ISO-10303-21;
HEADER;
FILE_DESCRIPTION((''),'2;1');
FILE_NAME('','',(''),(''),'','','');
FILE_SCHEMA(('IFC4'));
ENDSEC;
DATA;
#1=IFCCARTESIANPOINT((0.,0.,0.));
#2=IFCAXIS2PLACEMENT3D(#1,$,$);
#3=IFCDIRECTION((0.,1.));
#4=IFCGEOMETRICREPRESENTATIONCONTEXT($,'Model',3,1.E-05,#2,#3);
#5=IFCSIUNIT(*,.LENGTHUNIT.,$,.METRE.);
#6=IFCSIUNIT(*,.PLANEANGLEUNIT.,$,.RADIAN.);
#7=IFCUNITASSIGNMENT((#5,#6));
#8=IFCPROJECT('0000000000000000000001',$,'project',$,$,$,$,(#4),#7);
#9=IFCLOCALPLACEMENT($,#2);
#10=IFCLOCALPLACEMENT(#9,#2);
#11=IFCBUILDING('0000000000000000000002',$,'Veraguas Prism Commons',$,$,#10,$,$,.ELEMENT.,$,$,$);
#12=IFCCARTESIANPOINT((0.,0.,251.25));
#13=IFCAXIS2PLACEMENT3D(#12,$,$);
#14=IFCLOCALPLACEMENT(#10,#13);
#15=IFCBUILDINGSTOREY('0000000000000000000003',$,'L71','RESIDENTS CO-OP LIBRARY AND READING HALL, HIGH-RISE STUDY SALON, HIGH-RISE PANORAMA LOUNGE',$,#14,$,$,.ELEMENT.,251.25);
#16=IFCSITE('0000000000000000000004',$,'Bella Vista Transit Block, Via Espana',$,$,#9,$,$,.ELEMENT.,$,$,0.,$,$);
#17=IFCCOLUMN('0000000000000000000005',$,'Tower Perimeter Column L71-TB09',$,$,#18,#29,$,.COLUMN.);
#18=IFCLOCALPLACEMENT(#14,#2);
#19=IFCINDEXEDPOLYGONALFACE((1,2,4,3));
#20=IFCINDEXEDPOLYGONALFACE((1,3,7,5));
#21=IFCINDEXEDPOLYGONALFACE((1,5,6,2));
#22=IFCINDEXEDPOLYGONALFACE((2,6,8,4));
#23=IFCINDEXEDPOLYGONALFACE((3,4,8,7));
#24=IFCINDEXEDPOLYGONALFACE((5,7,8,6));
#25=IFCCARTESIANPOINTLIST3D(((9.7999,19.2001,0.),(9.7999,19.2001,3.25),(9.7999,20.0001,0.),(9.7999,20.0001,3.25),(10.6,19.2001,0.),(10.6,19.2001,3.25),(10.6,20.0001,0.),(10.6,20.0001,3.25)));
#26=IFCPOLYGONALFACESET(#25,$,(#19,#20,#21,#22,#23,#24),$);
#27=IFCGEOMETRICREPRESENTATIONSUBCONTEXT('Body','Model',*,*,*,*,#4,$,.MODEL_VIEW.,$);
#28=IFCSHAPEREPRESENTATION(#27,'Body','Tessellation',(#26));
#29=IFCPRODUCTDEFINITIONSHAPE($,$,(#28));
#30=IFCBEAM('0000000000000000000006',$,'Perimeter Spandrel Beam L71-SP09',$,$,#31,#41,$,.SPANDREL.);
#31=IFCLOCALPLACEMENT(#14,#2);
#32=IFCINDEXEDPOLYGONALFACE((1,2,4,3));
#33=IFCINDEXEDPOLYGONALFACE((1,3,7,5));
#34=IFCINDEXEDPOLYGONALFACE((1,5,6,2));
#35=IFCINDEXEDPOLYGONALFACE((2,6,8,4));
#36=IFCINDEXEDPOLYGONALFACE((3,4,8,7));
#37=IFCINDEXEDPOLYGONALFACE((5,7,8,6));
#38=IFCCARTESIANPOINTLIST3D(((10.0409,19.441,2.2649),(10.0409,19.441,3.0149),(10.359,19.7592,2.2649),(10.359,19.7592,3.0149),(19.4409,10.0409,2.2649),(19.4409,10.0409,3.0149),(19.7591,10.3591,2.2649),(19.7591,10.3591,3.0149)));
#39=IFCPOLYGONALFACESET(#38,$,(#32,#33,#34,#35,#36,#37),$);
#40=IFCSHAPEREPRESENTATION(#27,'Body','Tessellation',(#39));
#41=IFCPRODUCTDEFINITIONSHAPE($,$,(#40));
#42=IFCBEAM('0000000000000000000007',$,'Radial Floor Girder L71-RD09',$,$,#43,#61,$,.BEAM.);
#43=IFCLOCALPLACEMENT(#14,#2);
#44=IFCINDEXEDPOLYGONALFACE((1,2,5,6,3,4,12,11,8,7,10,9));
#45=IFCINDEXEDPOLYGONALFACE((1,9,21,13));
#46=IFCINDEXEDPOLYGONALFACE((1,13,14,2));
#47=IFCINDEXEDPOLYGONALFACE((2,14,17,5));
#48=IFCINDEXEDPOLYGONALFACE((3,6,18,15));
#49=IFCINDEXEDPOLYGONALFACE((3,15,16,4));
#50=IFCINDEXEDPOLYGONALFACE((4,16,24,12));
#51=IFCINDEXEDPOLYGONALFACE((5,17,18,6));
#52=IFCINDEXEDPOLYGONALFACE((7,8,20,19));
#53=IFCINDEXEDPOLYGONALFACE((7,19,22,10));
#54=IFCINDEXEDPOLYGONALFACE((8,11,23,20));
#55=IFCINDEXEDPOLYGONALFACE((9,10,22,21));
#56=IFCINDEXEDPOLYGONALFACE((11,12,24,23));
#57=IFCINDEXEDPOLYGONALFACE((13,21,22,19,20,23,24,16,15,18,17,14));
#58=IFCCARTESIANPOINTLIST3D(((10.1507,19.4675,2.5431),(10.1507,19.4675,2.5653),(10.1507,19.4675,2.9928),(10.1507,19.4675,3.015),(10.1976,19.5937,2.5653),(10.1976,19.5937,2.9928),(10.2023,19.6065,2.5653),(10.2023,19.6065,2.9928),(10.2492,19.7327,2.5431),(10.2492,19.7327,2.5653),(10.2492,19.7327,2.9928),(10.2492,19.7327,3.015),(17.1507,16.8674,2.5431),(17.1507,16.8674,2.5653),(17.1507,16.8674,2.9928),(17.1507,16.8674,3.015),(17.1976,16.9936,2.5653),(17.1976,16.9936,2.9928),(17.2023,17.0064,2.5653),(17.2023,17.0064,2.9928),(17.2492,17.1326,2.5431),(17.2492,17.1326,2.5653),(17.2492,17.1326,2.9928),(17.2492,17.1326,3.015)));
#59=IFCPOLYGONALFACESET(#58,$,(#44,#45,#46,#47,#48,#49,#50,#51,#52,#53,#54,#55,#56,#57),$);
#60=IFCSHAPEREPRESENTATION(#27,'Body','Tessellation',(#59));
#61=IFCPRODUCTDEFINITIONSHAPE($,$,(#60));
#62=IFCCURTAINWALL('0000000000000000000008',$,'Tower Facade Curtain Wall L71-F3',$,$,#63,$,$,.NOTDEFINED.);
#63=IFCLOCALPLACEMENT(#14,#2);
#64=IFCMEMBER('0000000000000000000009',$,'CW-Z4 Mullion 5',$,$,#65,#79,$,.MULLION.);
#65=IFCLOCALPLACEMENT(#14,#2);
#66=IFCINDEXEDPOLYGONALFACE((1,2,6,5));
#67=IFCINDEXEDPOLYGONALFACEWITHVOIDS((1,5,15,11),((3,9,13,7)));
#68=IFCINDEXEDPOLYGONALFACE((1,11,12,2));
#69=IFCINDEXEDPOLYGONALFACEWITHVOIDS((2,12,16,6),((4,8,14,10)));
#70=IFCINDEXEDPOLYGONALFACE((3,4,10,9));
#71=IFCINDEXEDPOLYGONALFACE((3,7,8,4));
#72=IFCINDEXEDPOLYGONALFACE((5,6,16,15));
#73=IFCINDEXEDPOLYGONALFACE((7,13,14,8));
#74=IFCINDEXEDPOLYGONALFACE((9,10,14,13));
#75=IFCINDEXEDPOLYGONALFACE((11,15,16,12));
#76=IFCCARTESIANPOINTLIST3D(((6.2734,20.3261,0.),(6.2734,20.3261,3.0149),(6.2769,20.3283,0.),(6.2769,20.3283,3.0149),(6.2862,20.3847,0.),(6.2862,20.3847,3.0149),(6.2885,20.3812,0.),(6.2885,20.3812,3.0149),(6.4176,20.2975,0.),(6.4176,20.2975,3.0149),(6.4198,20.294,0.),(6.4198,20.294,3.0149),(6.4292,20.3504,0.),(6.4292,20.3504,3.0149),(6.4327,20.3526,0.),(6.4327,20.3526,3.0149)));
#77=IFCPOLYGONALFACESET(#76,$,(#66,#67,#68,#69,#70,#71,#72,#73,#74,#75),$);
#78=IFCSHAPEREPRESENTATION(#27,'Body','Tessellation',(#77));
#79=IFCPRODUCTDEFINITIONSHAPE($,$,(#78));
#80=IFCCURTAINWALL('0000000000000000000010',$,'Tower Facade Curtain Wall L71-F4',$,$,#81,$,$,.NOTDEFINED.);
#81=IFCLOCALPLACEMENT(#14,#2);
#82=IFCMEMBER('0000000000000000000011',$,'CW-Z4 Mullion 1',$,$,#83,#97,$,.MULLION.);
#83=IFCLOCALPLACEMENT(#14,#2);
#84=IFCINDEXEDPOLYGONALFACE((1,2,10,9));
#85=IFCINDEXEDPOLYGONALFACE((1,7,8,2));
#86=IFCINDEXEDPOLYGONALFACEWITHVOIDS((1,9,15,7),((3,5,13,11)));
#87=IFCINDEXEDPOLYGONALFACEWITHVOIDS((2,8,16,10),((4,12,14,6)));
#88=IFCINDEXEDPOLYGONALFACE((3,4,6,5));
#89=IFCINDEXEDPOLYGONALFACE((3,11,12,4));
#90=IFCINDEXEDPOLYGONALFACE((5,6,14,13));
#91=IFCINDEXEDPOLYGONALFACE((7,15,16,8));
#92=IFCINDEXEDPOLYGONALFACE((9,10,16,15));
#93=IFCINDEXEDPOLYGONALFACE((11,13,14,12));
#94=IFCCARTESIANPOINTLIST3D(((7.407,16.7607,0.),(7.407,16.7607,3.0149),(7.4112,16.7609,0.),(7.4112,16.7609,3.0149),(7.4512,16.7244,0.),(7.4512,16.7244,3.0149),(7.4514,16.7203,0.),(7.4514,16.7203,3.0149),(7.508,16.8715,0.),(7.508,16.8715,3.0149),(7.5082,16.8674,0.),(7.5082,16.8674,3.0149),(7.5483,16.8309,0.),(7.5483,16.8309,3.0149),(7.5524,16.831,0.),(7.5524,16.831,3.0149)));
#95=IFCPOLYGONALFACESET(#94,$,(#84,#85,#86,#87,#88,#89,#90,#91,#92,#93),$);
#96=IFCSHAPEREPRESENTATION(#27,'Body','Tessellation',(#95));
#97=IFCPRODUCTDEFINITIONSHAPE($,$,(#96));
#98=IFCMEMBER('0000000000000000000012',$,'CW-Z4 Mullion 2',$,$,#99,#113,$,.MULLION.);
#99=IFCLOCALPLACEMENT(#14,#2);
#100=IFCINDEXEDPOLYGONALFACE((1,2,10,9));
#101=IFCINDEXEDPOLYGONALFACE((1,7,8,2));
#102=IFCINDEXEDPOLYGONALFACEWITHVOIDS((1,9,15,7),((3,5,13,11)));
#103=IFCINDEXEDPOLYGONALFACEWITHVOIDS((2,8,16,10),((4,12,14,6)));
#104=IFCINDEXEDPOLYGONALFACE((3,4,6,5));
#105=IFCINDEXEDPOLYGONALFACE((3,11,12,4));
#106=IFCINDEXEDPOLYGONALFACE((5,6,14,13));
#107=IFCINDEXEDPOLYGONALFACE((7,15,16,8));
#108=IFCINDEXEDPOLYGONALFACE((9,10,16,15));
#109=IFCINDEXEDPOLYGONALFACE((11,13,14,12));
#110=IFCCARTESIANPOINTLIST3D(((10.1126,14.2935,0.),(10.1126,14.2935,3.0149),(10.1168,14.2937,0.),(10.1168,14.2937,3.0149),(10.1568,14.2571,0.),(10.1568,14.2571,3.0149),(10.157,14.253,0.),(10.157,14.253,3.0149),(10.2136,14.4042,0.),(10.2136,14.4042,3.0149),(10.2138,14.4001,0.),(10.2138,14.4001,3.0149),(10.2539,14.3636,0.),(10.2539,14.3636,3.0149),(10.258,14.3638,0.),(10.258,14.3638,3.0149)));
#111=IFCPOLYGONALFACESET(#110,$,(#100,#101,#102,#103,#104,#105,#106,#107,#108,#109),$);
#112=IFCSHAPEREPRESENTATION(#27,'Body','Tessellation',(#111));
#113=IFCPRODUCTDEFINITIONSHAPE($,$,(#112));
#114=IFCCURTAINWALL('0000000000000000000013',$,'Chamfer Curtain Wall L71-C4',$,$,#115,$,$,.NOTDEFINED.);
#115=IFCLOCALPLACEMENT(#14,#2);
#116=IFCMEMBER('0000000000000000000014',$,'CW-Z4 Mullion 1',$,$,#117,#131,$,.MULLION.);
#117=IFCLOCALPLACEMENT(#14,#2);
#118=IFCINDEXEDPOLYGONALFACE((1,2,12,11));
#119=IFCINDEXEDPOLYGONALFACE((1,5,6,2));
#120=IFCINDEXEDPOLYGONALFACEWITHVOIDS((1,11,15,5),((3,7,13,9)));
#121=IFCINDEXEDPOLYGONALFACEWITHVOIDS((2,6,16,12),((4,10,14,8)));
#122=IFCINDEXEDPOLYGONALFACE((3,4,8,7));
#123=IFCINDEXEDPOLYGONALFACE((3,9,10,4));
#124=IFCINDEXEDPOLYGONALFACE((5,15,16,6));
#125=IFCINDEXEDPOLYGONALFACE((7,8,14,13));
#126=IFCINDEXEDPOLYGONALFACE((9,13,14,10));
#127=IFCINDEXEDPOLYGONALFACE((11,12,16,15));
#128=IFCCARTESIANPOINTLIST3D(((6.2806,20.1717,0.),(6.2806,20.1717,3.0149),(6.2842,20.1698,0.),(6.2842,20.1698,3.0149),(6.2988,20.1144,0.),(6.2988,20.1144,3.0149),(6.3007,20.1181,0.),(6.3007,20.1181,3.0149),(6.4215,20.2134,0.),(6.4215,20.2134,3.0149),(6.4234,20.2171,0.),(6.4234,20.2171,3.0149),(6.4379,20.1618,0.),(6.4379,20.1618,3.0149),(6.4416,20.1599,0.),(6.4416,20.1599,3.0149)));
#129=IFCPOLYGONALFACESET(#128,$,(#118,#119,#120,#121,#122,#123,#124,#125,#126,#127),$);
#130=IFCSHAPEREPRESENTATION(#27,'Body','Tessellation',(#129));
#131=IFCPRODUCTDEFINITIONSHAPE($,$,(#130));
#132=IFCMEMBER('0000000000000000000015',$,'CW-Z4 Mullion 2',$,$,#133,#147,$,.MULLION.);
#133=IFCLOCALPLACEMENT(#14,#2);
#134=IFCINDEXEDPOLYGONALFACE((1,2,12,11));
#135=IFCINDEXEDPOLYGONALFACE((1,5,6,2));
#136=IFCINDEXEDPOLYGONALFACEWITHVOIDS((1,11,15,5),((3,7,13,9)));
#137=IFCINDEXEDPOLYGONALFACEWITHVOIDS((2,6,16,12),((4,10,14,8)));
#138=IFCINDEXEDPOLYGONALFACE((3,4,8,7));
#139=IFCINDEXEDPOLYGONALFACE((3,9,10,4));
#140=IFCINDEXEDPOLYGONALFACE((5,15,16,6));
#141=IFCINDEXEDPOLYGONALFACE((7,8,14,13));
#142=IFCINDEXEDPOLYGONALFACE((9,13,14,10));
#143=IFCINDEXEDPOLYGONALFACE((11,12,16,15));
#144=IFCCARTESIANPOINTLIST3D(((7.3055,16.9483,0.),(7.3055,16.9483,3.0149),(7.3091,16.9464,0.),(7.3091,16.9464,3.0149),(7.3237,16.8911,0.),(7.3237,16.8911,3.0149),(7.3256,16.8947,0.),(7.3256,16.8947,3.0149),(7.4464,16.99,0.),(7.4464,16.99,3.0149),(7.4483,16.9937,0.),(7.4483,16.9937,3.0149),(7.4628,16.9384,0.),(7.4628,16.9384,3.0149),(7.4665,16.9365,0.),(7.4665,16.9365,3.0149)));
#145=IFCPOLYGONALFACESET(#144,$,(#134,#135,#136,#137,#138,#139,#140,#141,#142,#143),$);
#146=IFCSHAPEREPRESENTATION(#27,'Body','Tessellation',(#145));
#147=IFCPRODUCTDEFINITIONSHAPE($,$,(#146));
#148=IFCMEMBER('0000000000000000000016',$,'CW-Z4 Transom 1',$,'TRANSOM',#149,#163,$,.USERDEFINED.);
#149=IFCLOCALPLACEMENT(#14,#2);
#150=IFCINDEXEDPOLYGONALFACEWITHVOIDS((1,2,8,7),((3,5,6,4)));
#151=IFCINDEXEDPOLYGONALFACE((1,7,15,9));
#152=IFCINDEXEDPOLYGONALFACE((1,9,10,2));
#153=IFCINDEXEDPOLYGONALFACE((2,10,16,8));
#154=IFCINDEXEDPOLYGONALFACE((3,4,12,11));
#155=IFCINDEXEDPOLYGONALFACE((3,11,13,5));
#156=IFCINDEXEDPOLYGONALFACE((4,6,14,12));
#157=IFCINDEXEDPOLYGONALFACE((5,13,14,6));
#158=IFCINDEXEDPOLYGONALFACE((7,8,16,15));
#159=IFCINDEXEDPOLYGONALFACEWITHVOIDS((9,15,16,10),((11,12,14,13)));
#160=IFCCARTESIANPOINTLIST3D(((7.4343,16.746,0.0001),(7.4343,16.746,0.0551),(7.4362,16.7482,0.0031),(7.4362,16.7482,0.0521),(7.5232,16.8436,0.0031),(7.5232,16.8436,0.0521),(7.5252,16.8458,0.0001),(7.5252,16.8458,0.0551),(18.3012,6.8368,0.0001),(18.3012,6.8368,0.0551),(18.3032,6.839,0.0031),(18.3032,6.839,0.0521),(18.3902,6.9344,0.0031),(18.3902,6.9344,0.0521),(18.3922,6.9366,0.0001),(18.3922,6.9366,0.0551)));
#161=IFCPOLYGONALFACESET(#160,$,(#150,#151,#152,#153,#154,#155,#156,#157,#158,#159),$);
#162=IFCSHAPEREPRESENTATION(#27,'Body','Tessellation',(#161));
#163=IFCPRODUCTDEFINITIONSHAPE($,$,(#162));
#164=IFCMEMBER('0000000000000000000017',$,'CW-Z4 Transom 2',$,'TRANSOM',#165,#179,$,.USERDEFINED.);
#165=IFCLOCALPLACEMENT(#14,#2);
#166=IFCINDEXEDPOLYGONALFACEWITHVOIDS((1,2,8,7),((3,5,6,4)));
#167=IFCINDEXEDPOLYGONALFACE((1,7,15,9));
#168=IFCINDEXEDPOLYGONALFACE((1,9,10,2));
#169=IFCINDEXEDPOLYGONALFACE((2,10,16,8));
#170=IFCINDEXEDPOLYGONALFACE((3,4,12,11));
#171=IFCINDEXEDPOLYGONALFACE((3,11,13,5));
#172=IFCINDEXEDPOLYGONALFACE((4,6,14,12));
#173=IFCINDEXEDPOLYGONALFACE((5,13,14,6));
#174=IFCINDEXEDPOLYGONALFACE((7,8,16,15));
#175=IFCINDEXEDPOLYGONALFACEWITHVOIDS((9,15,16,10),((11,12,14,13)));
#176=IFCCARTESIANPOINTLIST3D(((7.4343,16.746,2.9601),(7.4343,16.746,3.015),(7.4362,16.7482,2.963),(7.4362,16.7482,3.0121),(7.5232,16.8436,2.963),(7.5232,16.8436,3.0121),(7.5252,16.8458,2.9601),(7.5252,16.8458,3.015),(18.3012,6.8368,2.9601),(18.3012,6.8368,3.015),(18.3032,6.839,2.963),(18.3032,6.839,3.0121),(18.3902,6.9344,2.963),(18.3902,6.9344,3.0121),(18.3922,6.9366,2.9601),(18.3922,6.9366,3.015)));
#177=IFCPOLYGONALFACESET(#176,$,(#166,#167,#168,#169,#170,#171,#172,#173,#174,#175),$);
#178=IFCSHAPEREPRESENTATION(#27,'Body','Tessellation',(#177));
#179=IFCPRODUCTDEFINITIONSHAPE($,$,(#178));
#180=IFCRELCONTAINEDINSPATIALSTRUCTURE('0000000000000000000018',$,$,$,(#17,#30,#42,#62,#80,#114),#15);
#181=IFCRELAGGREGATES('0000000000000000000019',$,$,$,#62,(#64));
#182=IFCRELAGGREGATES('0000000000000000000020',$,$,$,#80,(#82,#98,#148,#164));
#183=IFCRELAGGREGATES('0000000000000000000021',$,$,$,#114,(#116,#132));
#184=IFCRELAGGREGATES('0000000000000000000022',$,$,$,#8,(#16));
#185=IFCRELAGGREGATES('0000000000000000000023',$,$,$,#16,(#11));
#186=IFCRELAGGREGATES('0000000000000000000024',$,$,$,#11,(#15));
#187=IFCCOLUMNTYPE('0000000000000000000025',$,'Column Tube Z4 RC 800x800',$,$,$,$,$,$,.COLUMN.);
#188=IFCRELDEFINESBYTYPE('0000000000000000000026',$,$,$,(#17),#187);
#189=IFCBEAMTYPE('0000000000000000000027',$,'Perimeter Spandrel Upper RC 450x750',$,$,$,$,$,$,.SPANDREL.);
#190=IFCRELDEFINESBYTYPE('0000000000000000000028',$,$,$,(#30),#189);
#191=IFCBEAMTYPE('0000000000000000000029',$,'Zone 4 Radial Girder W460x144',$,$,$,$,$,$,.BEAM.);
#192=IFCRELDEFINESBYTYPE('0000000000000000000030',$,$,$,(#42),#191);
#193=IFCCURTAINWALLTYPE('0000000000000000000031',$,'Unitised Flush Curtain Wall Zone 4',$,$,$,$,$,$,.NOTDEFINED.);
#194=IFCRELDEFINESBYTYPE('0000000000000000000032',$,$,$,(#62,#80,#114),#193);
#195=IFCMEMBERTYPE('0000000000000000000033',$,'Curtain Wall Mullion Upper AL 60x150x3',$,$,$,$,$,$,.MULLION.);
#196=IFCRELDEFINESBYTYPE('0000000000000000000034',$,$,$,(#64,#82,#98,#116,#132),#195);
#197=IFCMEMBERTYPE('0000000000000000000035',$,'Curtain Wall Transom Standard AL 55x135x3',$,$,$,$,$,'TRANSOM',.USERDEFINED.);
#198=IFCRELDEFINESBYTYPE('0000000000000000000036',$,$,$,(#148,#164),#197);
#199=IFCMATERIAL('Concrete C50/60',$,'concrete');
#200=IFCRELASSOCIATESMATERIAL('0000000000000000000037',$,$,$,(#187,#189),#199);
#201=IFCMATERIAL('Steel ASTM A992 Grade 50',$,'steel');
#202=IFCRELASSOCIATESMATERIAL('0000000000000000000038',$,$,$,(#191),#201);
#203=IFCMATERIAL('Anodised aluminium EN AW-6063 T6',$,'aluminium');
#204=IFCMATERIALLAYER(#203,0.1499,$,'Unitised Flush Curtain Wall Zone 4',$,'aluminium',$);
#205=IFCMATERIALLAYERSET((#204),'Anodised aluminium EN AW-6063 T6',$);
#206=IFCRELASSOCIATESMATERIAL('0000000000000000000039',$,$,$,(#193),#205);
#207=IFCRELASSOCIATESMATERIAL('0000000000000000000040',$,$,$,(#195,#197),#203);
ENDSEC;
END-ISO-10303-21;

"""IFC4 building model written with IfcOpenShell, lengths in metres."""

from ifc_helpers import new_model, si_unit, direction, frame, origin, origin_2d, place, context, subcontext, project, spatial, rectangle, hollow_rectangle, i_section, extrude, source, transform, mapped, material, layer, layer_set, material_profile, profile_set, type_object, element, aggregate, save


model = new_model("IFC4")

# Units and contexts
model_context = context("Model", 3, precision=1e-05, world=origin(), true_north=direction((0.0, 1.0)))
body_context = subcontext(model_context, "Body", "Model", "MODEL_VIEW")
ifc_project = project(units=[si_unit("LENGTHUNIT", "METRE"), si_unit("PLANEANGLEUNIT", "RADIAN")], contexts=[model_context])

# Site, building, storey
site_placement = place(None, origin())
site = spatial("IfcSite", under=ifc_project, at=site_placement, Name="Bella Vista Transit Block, Via Espana", CompositionType="ELEMENT", RefElevation=0.0)
building_placement = place(site_placement, origin())
building = spatial("IfcBuilding", under=site, at=building_placement, Name="Veraguas Prism Commons", CompositionType="ELEMENT")
storey_placement = place(building_placement, frame((0.0, 0.0, 251.25)))
storey = spatial("IfcBuildingStorey", under=building, at=storey_placement, Name="L71", Description="RESIDENTS CO-OP LIBRARY AND READING HALL, HIGH-RISE STUDY SALON, HIGH-RISE PANORAMA LOUNGE", CompositionType="ELEMENT", Elevation=251.25)

# Column
ifc_material_1 = material(Name="Concrete C50/60", Category="concrete")
ifc_material_profile_1 = material_profile(ifc_material_1, rectangle(XDim=0.8, YDim=0.8, at=origin_2d()), Name="RC800X800")
ifc_profile_set_1 = profile_set([ifc_material_profile_1], Name="Concrete C50/60")
column_type = type_object("IfcColumnType", Name="Column Tube Z4 RC 800x800", PredefinedType="COLUMN", material=ifc_profile_set_1)
column_placement = place(storey_placement, frame((10.2, 19.6001, 0.0), z_axis=(0.0, 0.0, 1.0), x_axis=(1.0, 0.0, 0.0)))
element("IfcColumn", 1, at=column_placement, inside=storey, type_object=column_type, Name="Tower Perimeter Column L71-TB09", PredefinedType="COLUMN", context=body_context, shape_type="SweptSolid", body=[
    extrude(rectangle(XDim=0.8, YDim=0.8, at=origin_2d()), origin(), (0.0, 0.0, 1.0), 3.25),
])

# Beams
ifc_material_profile_2 = material_profile(ifc_material_1, rectangle(XDim=0.45, YDim=0.75, at=origin_2d()), Name="RC450X750")
ifc_profile_set_2 = profile_set([ifc_material_profile_2], Name="Concrete C50/60")
beam_type_1 = type_object("IfcBeamType", Name="Perimeter Spandrel Upper RC 450x750", PredefinedType="SPANDREL", material=ifc_profile_set_2)
beam_1_placement = place(storey_placement, frame((10.2, 19.6001, 2.6399), z_axis=(0.707107, -0.707107, 0.0), x_axis=(0.707107, 0.707107, 0.0)))
element("IfcBeam", 2, at=beam_1_placement, inside=storey, type_object=beam_type_1, Name="Perimeter Spandrel Beam L71-SP09", PredefinedType="SPANDREL", context=body_context, shape_type="SweptSolid", body=[
    extrude(rectangle(XDim=0.45, YDim=0.75, at=origin_2d()), origin(), (0.0, 0.0, 1.0), 13.2937),
])
ifc_material_2 = material(Name="Steel ASTM A992 Grade 50", Category="steel")
ifc_material_profile_3 = material_profile(ifc_material_2, i_section(OverallWidth=0.283, OverallDepth=0.4719, WebThickness=0.0137, FlangeThickness=0.0222, at=origin_2d()), Name="W460X144")
ifc_profile_set_3 = profile_set([ifc_material_profile_3], Name="Steel ASTM A992 Grade 50")
beam_type_2 = type_object("IfcBeamType", Name="Zone 4 Radial Girder W460x144", PredefinedType="BEAM", material=ifc_profile_set_3)
beam_2_placement = place(storey_placement, frame((10.2, 19.6001, 2.7791), z_axis=(0.937421, -0.348198, 0.0), x_axis=(0.348198, 0.937421, 0.0)))
element("IfcBeam", 3, at=beam_2_placement, inside=storey, type_object=beam_type_2, Name="Radial Floor Girder L71-RD09", PredefinedType="BEAM", context=body_context, shape_type="SweptSolid", body=[
    extrude(i_section(OverallWidth=0.283, OverallDepth=0.4719, WebThickness=0.0137, FlangeThickness=0.0222, at=origin_2d()), origin(), (0.0, 0.0, 1.0), 7.4673),
])

# Curtain wall, member
ifc_material_3 = material(Name="Anodised aluminium EN AW-6063 T6", Category="aluminium")
ifc_layer_1 = layer(ifc_material_3, 0.1499, Name="Unitised Flush Curtain Wall Zone 4", Category="aluminium")
ifc_layer_set_1 = layer_set([ifc_layer_1], Name="Anodised aluminium EN AW-6063 T6")
curtain_wall_type = type_object("IfcCurtainWallType", Name="Unitised Flush Curtain Wall Zone 4", PredefinedType="NOTDEFINED", material=ifc_layer_set_1)
curtain_wall_1_placement = place(storey_placement, origin())
curtain_wall_1 = element("IfcCurtainWall", 4, at=curtain_wall_1_placement, inside=storey, type_object=curtain_wall_type, Name="Tower Facade Curtain Wall L71-F3", PredefinedType="NOTDEFINED")
ifc_material_profile_4 = material_profile(ifc_material_3, hollow_rectangle(XDim=0.0601, YDim=0.1499, WallThickness=0.0029, at=origin_2d()), Name="AL60X150X3")
ifc_profile_set_4 = profile_set([ifc_material_profile_4], Name="Anodised aluminium EN AW-6063 T6")
member_type_1 = type_object("IfcMemberType", Name="Curtain Wall Mullion Upper AL 60x150x3", PredefinedType="MULLION", material=ifc_profile_set_4)
shared_shape_1 = source(origin(), body_context, "Body", "SweptSolid", [
    extrude(hollow_rectangle(XDim=0.0601, YDim=0.1499, WallThickness=0.0029, at=origin_2d()), origin(), (0.0, 0.0, 1.0), 3.0149),
])
member_1_placement = place(storey_placement, frame((6.353, 20.3394, 0.0), z_axis=(0.0, 0.0, 1.0), x_axis=(-0.214053, -0.976822, 0.0)))
member_1 = element("IfcMember", 5, at=member_1_placement, type_object=member_type_1, Name="CW-Z4 Mullion 5", PredefinedType="MULLION", context=body_context, shape_type="MappedRepresentation", body=[
    mapped(shared_shape_1, transform((0.0, 0.0, 0.0), scale=1.0)),
])

# Curtain walls, members
curtain_wall_2_placement = place(storey_placement, origin())
curtain_wall_2 = element("IfcCurtainWall", 6, at=curtain_wall_2_placement, inside=storey, type_object=curtain_wall_type, Name="Tower Facade Curtain Wall L71-F4", PredefinedType="NOTDEFINED")
member_2_placement = place(storey_placement, frame((7.4797, 16.7959, 0.0), z_axis=(0.0, 0.0, 1.0), x_axis=(0.738926, -0.673787, 0.0)))
member_2 = element("IfcMember", 7, at=member_2_placement, type_object=member_type_1, Name="CW-Z4 Mullion 1", PredefinedType="MULLION", context=body_context, shape_type="MappedRepresentation", body=[
    mapped(shared_shape_1, transform((0.0, 0.0, 0.0), scale=1.0)),
])
member_3_placement = place(storey_placement, frame((10.1853, 14.3286, 0.0), z_axis=(0.0, 0.0, 1.0), x_axis=(0.738926, -0.673787, 0.0)))
member_3 = element("IfcMember", 8, at=member_3_placement, type_object=member_type_1, Name="CW-Z4 Mullion 2", PredefinedType="MULLION", context=body_context, shape_type="MappedRepresentation", body=[
    mapped(shared_shape_1, transform((0.0, 0.0, 0.0), scale=1.0)),
])
curtain_wall_3_placement = place(storey_placement, origin())
curtain_wall_3 = element("IfcCurtainWall", 9, at=curtain_wall_3_placement, inside=storey, type_object=curtain_wall_type, Name="Chamfer Curtain Wall L71-C4", PredefinedType="NOTDEFINED")
member_4_placement = place(storey_placement, frame((6.3611, 20.1658, 0.0), z_axis=(0.0, 0.0, 1.0), x_axis=(0.303012, -0.952987, 0.0)))
member_4 = element("IfcMember", 10, at=member_4_placement, type_object=member_type_1, Name="CW-Z4 Mullion 1", PredefinedType="MULLION", context=body_context, shape_type="MappedRepresentation", body=[
    mapped(shared_shape_1, transform((0.0, 0.0, 0.0), scale=1.0)),
])
member_5_placement = place(storey_placement, frame((7.386, 16.9424, 0.0), z_axis=(0.0, 0.0, 1.0), x_axis=(0.303012, -0.952987, 0.0)))
member_5 = element("IfcMember", 11, at=member_5_placement, type_object=member_type_1, Name="CW-Z4 Mullion 2", PredefinedType="MULLION", context=body_context, shape_type="MappedRepresentation", body=[
    mapped(shared_shape_1, transform((0.0, 0.0, 0.0), scale=1.0)),
])

# Members
ifc_material_profile_5 = material_profile(ifc_material_3, hollow_rectangle(XDim=0.0549, YDim=0.135, WallThickness=0.0029, at=origin_2d()), Name="AL55X135X3")
ifc_profile_set_5 = profile_set([ifc_material_profile_5], Name="Anodised aluminium EN AW-6063 T6")
member_type_2 = type_object("IfcMemberType", Name="Curtain Wall Transom Standard AL 55x135x3", ElementType="TRANSOM", PredefinedType="USERDEFINED", material=ifc_profile_set_5)
shared_shape_2 = source(origin(), body_context, "Body", "SweptSolid", [
    extrude(hollow_rectangle(XDim=0.0549, YDim=0.135, WallThickness=0.0029, at=origin_2d()), origin(), (0.0, 0.0, 1.0), 14.7065),
])
member_6_placement = place(storey_placement, frame((7.4797, 16.7959, 0.0276), z_axis=(0.738919, -0.673794, 0.0), x_axis=(0.0, 0.0, 1.0)))
member_6 = element("IfcMember", 12, at=member_6_placement, type_object=member_type_2, Name="CW-Z4 Transom 1", ObjectType="TRANSOM", PredefinedType="USERDEFINED", context=body_context, shape_type="MappedRepresentation", body=[
    mapped(shared_shape_2, transform((0.0, 0.0, 0.0), scale=1.0)),
])
member_7_placement = place(storey_placement, frame((7.4797, 16.7959, 2.9875), z_axis=(0.738919, -0.673794, 0.0), x_axis=(0.0, 0.0, 1.0)))
member_7 = element("IfcMember", 13, at=member_7_placement, type_object=member_type_2, Name="CW-Z4 Transom 2", ObjectType="TRANSOM", PredefinedType="USERDEFINED", context=body_context, shape_type="MappedRepresentation", body=[
    mapped(shared_shape_2, transform((0.0, 0.0, 0.0), scale=1.0)),
])

aggregate(curtain_wall_1, [member_1])
aggregate(curtain_wall_2, [member_2, member_3, member_6, member_7])
aggregate(curtain_wall_3, [member_4, member_5])

save(model, "model.ifc")
